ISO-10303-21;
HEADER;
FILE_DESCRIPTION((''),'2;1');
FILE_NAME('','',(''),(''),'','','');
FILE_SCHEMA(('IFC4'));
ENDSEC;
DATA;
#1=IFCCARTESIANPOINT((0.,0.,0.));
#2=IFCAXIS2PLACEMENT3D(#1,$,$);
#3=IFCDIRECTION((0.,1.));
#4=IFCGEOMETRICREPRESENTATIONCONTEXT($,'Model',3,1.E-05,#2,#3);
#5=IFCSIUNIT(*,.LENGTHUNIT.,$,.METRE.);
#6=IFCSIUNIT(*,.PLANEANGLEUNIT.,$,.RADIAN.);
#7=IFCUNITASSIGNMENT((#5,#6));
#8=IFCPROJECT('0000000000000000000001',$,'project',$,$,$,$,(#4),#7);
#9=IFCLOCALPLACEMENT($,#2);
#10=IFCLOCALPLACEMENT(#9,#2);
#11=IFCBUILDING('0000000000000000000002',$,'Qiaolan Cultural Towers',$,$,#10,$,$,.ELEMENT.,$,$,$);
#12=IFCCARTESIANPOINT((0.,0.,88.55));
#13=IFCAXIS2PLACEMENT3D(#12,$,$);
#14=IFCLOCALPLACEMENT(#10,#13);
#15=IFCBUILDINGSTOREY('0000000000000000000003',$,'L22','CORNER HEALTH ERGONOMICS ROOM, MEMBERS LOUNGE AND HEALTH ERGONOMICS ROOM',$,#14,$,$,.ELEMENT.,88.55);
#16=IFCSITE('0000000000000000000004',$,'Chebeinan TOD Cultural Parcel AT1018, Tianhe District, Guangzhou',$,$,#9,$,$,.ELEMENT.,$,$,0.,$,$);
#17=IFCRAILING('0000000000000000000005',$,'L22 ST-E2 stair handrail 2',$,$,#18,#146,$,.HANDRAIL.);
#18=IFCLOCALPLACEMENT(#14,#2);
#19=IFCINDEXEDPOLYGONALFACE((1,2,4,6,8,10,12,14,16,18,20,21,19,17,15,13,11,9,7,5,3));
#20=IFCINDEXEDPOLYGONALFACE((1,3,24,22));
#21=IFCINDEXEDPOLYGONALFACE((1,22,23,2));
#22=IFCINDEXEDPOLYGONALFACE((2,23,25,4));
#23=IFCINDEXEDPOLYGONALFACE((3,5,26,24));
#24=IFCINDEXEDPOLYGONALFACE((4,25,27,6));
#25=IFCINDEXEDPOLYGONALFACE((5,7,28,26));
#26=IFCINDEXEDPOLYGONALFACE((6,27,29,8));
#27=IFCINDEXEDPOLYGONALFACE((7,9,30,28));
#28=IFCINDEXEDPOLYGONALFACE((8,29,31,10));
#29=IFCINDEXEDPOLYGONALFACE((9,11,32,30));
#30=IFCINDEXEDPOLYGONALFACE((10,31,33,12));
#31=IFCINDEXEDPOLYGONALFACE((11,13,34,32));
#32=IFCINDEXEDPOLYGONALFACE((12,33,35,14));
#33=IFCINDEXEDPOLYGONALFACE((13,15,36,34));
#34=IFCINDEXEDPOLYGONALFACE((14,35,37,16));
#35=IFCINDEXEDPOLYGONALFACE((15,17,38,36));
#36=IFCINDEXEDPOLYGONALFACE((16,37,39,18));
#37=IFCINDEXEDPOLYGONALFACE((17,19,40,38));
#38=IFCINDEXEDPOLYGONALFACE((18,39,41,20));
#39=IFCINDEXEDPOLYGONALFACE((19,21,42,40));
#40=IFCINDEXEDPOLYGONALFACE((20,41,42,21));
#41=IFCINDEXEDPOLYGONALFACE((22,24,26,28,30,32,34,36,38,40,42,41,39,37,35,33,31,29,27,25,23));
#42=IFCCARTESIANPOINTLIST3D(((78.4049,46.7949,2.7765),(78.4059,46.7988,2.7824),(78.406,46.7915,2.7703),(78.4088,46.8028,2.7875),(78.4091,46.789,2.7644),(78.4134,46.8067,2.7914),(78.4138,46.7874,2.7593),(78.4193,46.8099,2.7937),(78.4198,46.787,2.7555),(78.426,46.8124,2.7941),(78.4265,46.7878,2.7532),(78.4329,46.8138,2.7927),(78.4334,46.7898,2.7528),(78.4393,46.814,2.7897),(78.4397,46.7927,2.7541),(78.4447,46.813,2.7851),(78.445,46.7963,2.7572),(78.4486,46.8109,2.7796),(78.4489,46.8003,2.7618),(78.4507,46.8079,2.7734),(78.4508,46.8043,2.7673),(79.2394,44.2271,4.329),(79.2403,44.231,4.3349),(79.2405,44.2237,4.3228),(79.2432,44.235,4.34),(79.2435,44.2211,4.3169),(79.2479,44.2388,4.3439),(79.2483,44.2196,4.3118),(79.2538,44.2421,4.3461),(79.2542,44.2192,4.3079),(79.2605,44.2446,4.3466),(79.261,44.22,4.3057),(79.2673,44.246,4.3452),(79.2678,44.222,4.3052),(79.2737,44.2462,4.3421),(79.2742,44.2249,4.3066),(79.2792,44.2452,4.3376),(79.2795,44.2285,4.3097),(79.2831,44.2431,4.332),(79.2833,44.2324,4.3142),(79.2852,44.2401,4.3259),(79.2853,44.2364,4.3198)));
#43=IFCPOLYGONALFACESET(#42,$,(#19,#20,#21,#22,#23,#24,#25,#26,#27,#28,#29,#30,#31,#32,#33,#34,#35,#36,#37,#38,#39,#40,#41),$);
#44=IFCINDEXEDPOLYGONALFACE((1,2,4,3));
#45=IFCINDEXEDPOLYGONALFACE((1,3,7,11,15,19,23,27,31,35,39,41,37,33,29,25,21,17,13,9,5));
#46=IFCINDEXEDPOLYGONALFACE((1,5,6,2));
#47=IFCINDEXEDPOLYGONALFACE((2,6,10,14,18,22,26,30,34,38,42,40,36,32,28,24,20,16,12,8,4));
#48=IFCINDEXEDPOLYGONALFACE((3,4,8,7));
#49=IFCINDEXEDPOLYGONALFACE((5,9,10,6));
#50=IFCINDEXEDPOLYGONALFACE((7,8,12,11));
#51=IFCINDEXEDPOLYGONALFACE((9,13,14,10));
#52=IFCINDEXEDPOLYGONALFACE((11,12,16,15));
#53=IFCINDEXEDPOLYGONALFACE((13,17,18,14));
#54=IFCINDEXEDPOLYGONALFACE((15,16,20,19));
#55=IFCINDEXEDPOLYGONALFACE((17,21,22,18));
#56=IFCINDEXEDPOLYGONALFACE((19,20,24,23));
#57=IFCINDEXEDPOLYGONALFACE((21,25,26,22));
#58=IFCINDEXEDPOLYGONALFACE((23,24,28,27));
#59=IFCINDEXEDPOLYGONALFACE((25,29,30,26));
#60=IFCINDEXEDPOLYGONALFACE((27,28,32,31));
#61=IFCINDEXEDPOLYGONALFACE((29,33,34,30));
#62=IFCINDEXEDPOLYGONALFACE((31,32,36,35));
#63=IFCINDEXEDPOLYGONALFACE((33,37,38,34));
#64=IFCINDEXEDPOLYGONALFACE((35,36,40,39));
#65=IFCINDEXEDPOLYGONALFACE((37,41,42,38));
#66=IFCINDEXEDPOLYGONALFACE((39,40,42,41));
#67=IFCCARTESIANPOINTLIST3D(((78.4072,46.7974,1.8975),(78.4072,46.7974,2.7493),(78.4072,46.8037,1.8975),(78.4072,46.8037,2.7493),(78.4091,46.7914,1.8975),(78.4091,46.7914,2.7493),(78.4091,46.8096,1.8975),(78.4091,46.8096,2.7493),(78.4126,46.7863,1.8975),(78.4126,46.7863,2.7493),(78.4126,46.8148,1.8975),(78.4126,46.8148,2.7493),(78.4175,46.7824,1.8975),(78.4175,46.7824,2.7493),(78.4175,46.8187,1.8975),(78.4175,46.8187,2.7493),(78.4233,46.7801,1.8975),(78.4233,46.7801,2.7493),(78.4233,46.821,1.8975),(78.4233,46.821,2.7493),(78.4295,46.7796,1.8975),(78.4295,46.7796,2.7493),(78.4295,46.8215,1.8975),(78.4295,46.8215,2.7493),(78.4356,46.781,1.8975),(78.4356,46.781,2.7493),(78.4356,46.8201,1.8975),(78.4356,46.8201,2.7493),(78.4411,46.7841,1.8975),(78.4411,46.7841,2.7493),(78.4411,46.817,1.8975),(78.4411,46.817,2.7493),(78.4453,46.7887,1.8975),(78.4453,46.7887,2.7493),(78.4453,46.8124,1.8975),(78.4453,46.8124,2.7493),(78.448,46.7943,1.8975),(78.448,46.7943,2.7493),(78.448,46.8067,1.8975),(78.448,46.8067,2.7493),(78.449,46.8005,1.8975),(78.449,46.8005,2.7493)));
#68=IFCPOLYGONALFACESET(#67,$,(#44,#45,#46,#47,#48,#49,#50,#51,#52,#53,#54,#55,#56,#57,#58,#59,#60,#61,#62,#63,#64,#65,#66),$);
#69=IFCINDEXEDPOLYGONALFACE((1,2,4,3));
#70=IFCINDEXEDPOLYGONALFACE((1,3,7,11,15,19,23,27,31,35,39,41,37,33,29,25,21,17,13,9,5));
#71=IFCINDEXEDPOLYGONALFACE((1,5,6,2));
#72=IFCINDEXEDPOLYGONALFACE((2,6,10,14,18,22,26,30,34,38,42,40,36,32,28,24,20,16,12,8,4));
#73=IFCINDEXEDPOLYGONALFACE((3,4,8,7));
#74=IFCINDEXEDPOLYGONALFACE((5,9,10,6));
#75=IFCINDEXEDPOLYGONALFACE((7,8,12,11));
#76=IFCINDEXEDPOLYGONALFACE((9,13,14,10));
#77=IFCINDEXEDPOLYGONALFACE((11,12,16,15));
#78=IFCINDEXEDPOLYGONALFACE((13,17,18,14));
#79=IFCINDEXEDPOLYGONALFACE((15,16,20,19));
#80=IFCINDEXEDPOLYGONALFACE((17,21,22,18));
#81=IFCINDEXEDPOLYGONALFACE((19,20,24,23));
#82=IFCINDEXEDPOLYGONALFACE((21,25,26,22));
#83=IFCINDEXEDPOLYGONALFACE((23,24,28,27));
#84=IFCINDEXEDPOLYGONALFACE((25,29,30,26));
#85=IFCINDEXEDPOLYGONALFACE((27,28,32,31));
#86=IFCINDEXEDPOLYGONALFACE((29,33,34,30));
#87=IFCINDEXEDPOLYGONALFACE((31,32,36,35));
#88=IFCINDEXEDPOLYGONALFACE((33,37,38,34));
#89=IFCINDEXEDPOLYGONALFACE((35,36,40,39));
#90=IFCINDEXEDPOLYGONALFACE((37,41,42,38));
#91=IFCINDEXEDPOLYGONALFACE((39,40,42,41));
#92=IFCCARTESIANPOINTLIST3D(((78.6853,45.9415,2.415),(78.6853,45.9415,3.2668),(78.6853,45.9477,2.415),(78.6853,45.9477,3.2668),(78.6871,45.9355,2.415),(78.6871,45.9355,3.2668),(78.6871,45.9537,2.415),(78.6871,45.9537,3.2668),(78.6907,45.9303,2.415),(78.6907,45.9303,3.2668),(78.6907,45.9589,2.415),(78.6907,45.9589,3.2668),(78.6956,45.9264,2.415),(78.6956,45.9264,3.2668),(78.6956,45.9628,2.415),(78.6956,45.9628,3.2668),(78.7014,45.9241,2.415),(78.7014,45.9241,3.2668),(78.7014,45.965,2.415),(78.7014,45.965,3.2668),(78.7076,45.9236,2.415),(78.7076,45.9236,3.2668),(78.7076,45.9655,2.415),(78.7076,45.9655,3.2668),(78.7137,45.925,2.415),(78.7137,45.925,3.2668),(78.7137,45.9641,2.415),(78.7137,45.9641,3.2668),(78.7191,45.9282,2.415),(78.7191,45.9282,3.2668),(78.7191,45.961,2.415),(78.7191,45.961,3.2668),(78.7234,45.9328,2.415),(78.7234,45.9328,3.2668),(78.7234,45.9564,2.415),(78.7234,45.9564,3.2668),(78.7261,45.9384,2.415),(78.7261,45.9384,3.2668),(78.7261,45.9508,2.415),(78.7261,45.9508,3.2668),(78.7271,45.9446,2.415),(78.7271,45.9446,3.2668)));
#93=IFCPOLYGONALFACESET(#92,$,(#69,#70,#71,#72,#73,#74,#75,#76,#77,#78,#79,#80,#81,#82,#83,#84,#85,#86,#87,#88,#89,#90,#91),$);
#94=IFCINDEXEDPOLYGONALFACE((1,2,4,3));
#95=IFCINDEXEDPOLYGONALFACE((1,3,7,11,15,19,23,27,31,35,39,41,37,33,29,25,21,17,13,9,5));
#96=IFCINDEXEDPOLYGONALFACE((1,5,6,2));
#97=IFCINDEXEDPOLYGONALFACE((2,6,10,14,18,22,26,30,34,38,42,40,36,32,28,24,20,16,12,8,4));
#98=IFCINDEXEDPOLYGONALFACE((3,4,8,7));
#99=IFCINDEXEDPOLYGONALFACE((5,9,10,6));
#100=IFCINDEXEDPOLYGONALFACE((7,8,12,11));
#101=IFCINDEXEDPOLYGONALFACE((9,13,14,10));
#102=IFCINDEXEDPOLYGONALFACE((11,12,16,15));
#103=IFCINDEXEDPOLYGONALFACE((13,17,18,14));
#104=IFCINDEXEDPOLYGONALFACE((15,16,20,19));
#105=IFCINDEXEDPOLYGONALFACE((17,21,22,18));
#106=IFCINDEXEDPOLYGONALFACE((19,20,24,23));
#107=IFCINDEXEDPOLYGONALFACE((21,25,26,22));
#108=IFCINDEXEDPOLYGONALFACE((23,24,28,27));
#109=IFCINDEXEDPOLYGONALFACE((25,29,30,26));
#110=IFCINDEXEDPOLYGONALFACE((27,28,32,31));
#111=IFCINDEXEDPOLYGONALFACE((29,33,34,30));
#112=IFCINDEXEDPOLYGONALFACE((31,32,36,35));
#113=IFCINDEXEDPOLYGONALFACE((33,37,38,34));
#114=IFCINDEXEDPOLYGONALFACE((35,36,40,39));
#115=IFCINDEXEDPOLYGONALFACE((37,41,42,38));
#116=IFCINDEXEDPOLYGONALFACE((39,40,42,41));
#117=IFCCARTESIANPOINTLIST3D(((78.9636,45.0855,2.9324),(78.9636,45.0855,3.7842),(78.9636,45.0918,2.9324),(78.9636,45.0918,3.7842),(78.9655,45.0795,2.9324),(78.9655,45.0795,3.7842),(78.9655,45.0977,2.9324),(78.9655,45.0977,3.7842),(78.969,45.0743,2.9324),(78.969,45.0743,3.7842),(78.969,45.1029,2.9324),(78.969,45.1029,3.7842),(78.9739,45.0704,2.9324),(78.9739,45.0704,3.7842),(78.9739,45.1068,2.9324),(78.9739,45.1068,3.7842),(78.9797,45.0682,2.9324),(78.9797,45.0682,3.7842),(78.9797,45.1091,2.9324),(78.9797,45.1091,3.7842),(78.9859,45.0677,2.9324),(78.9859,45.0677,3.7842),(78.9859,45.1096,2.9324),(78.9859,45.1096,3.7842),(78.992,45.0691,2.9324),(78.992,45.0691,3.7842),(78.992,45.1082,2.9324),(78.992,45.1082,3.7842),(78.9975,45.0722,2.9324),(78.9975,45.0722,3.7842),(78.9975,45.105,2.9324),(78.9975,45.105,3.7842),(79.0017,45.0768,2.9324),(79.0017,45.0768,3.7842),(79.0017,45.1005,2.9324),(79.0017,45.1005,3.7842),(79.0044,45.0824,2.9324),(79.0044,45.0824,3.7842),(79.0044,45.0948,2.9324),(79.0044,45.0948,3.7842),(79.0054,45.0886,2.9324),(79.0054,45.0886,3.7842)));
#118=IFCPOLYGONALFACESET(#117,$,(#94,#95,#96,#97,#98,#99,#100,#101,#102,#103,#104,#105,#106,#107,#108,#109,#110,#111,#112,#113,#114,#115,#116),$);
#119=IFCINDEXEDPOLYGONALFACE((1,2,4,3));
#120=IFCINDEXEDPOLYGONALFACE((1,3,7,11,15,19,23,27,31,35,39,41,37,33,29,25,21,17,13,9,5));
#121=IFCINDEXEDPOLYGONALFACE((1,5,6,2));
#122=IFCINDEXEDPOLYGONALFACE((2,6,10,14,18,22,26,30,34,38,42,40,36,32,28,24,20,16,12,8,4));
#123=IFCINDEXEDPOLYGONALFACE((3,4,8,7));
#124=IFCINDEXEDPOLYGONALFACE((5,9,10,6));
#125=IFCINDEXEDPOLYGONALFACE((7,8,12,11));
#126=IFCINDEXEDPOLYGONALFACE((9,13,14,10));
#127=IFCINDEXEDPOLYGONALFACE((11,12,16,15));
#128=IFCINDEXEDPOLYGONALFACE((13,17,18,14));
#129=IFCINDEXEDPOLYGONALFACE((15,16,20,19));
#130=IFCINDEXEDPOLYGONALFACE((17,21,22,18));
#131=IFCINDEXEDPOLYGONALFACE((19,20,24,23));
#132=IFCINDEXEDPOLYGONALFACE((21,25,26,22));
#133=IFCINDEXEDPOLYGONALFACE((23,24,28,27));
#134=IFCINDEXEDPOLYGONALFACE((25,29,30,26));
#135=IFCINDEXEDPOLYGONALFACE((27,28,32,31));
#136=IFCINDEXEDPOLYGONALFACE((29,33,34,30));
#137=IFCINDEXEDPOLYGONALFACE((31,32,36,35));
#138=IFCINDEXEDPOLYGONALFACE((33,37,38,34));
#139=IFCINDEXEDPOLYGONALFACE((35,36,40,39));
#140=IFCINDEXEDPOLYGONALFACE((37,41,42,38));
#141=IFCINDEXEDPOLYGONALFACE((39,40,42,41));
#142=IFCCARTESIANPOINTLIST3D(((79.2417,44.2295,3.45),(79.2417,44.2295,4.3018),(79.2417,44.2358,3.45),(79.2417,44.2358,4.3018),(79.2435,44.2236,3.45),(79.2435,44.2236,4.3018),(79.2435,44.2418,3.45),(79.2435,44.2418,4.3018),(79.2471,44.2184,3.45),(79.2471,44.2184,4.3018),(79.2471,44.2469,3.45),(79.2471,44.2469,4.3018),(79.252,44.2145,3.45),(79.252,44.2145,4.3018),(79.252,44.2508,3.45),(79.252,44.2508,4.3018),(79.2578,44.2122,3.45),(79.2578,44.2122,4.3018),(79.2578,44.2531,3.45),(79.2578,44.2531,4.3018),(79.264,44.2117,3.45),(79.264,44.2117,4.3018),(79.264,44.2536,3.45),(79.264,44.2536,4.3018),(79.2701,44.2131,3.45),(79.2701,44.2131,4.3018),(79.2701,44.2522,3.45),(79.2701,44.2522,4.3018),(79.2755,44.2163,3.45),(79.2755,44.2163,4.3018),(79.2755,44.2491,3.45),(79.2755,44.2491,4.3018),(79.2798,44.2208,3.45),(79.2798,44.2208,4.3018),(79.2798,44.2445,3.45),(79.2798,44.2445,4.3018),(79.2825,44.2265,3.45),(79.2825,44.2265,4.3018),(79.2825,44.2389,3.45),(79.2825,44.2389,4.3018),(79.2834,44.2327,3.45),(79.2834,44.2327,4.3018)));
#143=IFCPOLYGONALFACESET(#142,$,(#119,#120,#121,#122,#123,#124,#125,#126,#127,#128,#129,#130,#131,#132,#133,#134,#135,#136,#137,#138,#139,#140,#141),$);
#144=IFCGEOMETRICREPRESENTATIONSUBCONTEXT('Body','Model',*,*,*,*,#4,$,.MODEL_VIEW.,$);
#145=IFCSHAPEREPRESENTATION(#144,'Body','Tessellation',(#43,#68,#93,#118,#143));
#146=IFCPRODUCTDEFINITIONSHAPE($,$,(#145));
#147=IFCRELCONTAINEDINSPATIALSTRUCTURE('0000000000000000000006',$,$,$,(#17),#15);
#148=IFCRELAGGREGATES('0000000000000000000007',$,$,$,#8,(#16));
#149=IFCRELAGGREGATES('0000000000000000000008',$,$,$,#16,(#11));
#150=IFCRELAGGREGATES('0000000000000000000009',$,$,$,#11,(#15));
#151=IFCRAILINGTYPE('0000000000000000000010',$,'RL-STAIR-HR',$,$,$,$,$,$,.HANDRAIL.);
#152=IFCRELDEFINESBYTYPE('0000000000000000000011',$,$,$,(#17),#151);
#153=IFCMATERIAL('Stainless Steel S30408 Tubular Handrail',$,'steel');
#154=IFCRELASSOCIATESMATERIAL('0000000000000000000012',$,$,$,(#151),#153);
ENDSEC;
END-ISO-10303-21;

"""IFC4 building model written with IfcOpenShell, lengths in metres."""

from ifc_helpers import new_model, si_unit, direction, frame, origin, origin_2d, place, context, subcontext, project, spatial, circle, extrude, material, type_object, element, save


model = new_model("IFC4")

# Units and contexts
model_context = context("Model", 3, precision=1e-05, world=origin(), true_north=direction((0.0, 1.0)))
body_context = subcontext(model_context, "Body", "Model", "MODEL_VIEW")
ifc_project = project(units=[si_unit("LENGTHUNIT", "METRE"), si_unit("PLANEANGLEUNIT", "RADIAN")], contexts=[model_context])

# Site, building, storey
site_placement = place(None, origin())
site = spatial("IfcSite", under=ifc_project, at=site_placement, Name="Chebeinan TOD Cultural Parcel AT1018, Tianhe District, Guangzhou", CompositionType="ELEMENT", RefElevation=0.0)
building_placement = place(site_placement, origin())
building = spatial("IfcBuilding", under=site, at=building_placement, Name="Qiaolan Cultural Towers", CompositionType="ELEMENT")
storey_placement = place(building_placement, frame((0.0, 0.0, 88.55)))
storey = spatial("IfcBuildingStorey", under=building, at=storey_placement, Name="L22", Description="CORNER HEALTH ERGONOMICS ROOM, MEMBERS LOUNGE AND HEALTH ERGONOMICS ROOM", CompositionType="ELEMENT", Elevation=88.55)

# Railing
ifc_material_1 = material(Name="Stainless Steel S30408 Tubular Handrail", Category="steel")
railing_type_1 = type_object("IfcRailingType", Name="RL-STAIR-HR", PredefinedType="HANDRAIL", material=ifc_material_1)
railing_1_placement = place(storey_placement, frame((78.428, 46.8005, 1.8975)))
element("IfcRailing", 1, at=railing_1_placement, inside=storey, type_object=railing_type_1, Name="L22 ST-E2 stair handrail 2", PredefinedType="HANDRAIL", context=body_context, shape_type="SweptSolid", body=[
    extrude(circle(Radius=0.0239, at=origin_2d()), frame((0.0, 0.0, 0.876), z_axis=(0.267926, -0.824471, 0.498461), x_axis=(0.951043, 0.309057, 0.0)), (0.0, 0.0, 1.0), 3.1145),
    extrude(circle(Radius=0.021, at=origin_2d()), origin(), (0.0, 0.0, 1.0), 0.8518),
    extrude(circle(Radius=0.021, at=origin_2d()), frame((0.2781, -0.856, 0.5176)), (0.0, 0.0, 1.0), 0.8518),
    extrude(circle(Radius=0.021, at=origin_2d()), frame((0.5564, -1.7119, 1.0349)), (0.0, 0.0, 1.0), 0.8518),
    extrude(circle(Radius=0.021, at=origin_2d()), frame((0.8345, -2.5679, 1.5525)), (0.0, 0.0, 1.0), 0.8518),
])

save(model, "model.ifc")
